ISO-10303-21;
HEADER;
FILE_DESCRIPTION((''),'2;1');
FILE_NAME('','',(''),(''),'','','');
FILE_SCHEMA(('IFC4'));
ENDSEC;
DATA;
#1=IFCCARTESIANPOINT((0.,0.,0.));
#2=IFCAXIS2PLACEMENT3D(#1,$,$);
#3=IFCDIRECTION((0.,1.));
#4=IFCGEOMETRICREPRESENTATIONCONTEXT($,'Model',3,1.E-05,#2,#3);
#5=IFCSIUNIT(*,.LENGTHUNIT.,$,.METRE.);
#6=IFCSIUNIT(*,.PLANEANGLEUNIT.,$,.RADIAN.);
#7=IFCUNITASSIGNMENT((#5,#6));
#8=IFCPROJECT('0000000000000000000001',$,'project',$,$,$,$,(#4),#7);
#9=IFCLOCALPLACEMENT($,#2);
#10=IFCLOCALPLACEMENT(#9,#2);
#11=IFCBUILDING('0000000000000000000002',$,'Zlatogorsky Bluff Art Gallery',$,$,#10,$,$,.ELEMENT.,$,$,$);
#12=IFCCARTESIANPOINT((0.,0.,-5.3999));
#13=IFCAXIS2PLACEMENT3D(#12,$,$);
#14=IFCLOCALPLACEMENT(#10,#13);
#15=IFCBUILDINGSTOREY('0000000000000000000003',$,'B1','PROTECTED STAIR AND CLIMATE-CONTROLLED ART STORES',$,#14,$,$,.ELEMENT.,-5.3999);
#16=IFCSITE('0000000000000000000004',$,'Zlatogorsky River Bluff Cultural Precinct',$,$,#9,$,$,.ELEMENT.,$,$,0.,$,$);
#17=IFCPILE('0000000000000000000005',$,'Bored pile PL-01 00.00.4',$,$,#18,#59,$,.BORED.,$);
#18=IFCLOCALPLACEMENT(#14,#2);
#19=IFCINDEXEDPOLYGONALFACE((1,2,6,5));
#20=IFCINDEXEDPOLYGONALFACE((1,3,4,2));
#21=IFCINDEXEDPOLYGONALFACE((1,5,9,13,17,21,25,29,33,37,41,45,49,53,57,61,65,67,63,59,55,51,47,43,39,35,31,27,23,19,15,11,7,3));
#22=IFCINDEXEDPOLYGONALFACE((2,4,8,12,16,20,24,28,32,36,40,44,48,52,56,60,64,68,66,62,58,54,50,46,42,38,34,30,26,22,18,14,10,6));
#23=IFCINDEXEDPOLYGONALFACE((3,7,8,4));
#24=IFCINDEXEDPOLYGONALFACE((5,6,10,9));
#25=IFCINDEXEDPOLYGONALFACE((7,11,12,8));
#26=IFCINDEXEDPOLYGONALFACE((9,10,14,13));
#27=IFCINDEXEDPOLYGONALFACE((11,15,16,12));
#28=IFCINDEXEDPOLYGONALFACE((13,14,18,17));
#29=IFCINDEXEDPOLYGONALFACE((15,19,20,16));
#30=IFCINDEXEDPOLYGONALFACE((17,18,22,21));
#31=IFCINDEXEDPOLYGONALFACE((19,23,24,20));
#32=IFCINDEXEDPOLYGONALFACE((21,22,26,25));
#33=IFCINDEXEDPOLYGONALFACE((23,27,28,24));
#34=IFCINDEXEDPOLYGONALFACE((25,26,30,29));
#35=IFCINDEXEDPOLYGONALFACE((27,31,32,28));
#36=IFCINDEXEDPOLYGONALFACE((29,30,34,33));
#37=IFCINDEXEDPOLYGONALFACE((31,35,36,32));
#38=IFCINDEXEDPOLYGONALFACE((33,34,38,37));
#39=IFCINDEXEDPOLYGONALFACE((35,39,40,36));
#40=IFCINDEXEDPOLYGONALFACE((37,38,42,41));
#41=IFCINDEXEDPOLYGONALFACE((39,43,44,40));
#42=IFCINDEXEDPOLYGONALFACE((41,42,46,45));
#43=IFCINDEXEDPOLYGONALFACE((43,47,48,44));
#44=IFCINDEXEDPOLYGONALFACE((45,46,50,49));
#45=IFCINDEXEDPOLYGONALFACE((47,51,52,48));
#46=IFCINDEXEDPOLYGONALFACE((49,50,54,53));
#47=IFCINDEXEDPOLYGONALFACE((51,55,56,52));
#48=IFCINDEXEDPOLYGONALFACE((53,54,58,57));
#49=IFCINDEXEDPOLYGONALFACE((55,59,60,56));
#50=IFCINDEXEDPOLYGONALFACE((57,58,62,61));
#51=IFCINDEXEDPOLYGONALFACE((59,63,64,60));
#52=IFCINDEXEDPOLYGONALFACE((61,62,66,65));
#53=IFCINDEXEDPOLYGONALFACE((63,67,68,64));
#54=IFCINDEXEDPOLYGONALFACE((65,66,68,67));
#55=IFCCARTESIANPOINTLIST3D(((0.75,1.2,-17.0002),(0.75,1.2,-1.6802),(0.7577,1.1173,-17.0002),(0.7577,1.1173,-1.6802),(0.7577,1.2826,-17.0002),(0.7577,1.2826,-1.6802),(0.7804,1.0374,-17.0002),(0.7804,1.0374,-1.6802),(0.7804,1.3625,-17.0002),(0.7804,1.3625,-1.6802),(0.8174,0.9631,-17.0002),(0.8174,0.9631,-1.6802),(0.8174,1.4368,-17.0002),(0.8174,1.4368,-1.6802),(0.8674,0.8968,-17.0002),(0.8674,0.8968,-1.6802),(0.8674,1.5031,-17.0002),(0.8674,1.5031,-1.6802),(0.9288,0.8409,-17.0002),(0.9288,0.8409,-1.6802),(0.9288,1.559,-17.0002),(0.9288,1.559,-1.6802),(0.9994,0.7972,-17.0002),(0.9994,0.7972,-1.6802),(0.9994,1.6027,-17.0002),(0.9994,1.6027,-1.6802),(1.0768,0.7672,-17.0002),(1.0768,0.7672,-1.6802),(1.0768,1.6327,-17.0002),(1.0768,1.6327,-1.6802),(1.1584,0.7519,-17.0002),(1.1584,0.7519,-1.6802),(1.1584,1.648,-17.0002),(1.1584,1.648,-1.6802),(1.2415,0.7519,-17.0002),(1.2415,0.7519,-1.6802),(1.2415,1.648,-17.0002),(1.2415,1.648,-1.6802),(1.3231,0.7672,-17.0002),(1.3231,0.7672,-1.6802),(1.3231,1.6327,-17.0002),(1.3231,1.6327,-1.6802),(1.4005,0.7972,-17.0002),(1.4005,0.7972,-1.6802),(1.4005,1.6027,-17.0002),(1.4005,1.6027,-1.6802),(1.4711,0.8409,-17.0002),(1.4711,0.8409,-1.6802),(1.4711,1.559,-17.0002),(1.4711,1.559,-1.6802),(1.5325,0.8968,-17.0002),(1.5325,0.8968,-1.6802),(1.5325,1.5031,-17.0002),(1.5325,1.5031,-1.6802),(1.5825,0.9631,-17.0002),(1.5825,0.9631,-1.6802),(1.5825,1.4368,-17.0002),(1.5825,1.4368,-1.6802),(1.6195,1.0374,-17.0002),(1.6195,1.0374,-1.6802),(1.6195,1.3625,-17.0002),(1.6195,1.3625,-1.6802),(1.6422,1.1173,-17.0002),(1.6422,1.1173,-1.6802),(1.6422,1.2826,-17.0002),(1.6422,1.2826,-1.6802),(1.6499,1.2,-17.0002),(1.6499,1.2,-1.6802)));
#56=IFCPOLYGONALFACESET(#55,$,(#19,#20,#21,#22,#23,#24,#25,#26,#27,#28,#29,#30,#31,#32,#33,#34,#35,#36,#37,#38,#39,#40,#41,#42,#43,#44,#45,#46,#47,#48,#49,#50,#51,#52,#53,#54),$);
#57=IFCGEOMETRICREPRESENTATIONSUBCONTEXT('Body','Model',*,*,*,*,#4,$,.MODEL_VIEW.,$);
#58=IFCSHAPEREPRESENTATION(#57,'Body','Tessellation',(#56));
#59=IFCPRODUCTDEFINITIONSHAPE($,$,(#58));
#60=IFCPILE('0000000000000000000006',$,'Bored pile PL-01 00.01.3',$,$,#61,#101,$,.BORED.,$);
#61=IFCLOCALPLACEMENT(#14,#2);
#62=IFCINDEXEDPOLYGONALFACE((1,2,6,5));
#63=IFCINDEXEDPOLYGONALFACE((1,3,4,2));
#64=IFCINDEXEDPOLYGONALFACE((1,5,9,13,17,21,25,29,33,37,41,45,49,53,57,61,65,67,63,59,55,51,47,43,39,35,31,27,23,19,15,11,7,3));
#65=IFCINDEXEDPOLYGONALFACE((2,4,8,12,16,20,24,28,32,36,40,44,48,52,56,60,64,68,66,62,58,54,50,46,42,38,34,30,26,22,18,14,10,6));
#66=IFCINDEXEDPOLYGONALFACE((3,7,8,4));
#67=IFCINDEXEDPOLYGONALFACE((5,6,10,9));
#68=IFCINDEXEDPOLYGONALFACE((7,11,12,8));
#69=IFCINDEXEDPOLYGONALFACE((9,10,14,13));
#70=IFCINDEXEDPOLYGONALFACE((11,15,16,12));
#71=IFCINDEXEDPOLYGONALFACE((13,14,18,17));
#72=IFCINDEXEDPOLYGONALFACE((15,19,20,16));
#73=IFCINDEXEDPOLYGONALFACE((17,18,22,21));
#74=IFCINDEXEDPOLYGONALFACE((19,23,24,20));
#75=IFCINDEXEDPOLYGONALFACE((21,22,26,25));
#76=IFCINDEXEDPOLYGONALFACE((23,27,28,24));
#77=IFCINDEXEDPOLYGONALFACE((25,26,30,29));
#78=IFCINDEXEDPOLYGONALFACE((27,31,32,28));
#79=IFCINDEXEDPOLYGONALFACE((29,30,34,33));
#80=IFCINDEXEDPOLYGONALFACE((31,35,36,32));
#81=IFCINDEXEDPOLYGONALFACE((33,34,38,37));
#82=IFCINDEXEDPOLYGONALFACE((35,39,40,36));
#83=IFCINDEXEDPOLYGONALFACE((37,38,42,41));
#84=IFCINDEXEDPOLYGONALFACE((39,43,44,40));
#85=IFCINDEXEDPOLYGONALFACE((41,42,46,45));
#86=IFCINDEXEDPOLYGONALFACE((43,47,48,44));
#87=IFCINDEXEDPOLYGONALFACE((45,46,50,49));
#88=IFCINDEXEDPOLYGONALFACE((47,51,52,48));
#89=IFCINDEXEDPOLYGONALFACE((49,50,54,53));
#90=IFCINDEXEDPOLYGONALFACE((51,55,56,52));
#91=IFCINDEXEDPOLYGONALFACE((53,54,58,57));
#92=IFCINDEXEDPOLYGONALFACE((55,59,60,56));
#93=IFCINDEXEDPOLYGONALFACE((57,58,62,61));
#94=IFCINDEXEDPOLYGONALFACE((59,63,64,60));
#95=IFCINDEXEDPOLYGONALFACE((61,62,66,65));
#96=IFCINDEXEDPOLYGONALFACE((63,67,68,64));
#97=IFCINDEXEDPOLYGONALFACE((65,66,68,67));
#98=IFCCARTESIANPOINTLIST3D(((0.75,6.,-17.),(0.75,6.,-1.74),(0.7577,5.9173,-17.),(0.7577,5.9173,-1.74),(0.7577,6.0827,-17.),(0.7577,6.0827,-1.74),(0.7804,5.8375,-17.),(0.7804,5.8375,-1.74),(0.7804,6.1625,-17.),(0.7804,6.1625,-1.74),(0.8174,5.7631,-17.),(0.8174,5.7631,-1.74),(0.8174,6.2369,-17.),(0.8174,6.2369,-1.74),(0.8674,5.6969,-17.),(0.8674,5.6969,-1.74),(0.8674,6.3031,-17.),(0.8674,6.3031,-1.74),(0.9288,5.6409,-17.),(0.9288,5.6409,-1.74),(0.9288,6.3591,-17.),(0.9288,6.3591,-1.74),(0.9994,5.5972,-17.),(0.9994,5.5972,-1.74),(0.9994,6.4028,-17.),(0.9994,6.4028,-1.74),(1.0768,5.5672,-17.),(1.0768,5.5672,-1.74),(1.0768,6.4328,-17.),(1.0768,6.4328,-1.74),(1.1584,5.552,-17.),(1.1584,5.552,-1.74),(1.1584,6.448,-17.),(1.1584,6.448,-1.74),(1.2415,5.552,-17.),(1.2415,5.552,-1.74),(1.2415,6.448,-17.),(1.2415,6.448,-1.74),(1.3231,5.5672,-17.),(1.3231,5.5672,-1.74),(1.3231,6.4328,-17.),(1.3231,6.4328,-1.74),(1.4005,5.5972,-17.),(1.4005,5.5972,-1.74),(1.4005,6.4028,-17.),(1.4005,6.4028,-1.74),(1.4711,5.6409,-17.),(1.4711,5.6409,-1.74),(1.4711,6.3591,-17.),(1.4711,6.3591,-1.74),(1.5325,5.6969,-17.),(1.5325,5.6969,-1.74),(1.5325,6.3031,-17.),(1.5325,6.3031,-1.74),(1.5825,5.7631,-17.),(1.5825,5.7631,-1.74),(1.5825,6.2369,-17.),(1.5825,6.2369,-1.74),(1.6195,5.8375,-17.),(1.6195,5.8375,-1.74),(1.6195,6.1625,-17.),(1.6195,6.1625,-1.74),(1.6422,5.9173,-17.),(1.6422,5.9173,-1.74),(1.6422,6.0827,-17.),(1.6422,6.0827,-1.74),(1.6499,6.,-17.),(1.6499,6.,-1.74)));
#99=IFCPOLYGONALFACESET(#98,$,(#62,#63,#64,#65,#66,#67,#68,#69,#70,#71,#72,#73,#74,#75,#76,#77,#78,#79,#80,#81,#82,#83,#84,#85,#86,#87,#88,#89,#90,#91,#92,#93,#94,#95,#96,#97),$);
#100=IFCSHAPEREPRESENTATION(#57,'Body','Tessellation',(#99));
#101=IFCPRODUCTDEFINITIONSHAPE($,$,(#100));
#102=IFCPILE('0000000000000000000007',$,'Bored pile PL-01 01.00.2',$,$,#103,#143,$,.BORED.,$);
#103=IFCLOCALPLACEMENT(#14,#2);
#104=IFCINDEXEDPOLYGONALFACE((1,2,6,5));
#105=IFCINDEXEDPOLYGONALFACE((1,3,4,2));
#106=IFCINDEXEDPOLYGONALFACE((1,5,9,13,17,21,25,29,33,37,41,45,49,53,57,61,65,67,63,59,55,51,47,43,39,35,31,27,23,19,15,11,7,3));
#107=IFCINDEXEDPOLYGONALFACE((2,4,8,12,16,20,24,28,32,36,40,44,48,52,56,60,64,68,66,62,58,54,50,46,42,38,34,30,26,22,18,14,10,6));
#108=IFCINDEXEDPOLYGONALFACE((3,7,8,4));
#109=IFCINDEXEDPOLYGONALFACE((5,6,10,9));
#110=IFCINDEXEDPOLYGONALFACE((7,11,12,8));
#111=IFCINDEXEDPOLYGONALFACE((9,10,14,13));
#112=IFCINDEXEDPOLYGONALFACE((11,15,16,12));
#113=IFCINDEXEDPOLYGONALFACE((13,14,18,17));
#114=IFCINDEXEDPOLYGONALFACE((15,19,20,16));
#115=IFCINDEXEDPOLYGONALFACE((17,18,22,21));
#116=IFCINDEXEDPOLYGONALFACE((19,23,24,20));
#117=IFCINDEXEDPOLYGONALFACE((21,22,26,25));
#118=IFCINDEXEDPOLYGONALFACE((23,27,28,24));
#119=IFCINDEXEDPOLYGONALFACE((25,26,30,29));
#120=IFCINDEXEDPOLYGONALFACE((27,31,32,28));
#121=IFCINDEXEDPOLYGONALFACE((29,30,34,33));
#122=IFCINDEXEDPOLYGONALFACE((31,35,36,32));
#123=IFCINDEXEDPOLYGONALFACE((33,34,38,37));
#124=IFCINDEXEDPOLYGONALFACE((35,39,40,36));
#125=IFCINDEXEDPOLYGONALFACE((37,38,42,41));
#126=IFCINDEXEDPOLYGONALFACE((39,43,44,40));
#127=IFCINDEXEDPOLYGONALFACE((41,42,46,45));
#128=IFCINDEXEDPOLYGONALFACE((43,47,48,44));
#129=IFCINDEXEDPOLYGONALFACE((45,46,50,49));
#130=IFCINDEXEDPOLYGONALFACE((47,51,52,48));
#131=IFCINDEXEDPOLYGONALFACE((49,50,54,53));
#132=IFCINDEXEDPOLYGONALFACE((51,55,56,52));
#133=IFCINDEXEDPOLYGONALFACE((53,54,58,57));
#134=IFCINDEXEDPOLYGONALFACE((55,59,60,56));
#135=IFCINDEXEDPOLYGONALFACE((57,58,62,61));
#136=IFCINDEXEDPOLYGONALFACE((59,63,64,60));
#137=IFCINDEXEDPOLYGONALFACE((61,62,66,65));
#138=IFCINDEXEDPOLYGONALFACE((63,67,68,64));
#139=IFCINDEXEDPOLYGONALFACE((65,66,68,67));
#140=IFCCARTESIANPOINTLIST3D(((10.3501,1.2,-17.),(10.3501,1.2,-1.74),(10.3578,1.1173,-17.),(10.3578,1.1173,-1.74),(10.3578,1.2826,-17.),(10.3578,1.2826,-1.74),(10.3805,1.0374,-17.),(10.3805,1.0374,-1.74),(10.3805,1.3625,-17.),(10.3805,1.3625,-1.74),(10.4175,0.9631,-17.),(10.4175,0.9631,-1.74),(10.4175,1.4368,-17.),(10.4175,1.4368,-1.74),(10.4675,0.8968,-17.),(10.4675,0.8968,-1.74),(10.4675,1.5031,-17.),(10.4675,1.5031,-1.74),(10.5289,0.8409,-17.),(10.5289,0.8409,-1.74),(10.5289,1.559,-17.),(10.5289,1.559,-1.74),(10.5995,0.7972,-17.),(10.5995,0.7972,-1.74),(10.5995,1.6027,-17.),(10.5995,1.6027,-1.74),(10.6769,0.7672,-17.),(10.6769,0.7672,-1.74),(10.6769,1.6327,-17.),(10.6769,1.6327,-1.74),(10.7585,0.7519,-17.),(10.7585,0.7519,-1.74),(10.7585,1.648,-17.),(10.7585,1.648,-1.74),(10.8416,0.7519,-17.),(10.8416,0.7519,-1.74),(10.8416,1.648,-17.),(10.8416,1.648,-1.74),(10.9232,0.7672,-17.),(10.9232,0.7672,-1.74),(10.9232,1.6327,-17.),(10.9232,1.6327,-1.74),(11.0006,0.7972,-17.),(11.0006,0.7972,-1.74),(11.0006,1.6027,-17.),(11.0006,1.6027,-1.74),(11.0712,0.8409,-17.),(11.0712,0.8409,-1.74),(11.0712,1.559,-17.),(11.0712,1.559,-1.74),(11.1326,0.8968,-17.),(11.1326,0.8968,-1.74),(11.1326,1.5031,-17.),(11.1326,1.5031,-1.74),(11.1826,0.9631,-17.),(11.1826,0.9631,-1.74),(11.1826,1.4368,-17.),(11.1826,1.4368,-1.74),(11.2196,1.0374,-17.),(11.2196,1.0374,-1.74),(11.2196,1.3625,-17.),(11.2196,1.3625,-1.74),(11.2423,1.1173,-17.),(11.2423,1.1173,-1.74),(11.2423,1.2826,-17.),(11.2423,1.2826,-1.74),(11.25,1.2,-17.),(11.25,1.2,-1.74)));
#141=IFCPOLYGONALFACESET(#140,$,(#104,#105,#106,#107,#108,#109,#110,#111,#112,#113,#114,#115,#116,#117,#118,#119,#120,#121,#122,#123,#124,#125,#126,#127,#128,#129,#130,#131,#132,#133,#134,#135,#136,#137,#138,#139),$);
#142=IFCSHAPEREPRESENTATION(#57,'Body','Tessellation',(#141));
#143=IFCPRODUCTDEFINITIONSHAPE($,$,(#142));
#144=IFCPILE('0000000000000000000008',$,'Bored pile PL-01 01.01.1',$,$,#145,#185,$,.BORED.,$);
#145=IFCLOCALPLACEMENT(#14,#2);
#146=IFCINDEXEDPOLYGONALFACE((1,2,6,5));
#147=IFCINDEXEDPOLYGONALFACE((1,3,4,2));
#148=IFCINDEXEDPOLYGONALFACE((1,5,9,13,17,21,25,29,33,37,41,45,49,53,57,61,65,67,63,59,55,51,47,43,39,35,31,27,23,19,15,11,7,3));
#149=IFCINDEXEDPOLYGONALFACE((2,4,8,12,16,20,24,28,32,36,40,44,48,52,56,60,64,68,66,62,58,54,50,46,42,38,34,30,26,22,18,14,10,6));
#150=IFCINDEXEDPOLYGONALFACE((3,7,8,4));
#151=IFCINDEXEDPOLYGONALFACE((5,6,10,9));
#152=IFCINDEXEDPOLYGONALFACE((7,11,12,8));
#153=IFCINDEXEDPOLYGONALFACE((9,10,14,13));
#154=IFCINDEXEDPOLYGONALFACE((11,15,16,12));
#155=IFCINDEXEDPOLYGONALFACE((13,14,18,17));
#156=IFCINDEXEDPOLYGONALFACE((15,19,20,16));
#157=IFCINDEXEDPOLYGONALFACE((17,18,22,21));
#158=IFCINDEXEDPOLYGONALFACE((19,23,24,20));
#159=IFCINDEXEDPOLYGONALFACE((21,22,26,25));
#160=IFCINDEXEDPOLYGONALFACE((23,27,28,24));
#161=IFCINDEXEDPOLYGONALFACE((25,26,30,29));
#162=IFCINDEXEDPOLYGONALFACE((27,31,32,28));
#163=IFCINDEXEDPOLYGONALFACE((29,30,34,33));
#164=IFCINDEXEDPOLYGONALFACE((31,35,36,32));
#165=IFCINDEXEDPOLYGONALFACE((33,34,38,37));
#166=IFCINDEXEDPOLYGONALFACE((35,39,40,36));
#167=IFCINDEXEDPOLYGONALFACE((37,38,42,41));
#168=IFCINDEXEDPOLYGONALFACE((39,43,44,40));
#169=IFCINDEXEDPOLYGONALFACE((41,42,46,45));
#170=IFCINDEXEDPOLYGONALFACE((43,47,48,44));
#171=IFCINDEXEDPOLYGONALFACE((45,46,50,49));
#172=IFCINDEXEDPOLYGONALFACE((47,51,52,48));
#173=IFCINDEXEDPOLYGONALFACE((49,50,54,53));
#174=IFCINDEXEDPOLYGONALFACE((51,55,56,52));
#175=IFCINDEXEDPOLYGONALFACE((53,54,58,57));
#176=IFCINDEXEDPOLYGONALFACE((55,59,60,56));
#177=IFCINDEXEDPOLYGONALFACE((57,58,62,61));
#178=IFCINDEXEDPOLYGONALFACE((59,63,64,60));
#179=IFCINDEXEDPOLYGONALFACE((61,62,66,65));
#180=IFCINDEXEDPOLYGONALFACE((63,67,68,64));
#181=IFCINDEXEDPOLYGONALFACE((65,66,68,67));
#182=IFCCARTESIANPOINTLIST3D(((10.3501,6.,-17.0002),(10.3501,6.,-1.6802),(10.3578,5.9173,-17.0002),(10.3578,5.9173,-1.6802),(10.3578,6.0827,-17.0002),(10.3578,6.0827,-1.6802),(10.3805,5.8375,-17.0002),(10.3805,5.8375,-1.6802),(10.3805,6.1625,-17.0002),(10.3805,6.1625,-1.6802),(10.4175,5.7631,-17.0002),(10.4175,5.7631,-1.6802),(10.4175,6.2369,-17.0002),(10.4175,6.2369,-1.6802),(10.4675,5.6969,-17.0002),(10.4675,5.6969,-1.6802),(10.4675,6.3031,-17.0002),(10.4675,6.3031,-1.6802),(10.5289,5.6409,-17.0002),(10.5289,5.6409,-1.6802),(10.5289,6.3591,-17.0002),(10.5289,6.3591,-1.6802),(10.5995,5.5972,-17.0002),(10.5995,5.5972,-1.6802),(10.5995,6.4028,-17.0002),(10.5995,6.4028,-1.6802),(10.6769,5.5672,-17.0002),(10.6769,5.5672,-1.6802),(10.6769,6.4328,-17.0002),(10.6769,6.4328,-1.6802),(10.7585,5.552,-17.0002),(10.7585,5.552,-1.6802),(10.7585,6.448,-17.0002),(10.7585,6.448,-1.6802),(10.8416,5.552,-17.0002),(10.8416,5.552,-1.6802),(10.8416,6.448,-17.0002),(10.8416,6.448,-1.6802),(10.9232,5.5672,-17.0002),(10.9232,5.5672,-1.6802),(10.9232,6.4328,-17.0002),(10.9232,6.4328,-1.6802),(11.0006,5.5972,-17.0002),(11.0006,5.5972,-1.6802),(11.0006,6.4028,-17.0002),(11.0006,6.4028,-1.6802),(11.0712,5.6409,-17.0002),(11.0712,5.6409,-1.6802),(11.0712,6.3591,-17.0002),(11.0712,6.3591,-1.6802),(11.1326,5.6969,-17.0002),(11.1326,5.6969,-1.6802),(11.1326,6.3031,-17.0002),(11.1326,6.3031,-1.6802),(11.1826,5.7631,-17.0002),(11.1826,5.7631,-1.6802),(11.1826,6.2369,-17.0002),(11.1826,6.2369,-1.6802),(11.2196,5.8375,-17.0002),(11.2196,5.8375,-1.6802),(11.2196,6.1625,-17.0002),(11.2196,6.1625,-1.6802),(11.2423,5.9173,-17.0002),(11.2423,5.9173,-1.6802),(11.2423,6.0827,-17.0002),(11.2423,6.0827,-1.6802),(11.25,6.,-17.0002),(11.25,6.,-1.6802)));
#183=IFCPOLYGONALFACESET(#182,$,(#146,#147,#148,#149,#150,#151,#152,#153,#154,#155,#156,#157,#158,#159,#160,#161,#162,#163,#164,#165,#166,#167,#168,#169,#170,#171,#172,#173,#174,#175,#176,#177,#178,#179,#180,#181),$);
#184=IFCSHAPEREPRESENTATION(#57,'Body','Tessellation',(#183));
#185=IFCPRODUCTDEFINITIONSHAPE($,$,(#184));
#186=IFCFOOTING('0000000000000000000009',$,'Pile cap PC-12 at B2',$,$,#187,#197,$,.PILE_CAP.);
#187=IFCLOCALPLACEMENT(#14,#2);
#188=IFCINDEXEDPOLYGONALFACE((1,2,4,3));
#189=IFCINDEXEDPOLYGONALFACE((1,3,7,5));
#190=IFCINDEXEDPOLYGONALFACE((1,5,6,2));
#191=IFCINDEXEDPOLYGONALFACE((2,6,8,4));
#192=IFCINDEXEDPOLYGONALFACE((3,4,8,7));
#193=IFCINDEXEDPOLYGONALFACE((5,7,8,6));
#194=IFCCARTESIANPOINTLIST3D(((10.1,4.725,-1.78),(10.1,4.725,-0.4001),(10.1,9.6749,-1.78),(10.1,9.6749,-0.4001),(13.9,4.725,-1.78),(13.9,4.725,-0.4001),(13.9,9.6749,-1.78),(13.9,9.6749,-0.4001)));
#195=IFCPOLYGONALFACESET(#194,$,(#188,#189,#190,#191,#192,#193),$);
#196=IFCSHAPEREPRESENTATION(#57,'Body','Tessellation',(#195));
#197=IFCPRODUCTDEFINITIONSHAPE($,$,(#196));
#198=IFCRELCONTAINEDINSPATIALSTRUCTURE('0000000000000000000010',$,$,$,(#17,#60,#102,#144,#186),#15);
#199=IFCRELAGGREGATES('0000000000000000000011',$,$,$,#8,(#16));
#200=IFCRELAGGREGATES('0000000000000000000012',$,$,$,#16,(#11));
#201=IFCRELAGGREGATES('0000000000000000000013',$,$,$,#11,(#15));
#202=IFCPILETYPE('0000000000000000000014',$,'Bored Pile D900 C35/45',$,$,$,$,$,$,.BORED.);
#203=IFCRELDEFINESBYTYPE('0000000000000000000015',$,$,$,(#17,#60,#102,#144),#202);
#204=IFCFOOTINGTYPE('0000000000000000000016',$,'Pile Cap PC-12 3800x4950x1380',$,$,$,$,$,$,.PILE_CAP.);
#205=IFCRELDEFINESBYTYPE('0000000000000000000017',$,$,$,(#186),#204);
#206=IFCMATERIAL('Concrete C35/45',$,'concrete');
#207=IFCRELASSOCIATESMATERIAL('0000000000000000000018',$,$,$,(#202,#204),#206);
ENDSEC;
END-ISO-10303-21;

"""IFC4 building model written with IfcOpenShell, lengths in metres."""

from ifc_helpers import new_model, si_unit, direction, frame, origin, origin_2d, place, context, subcontext, project, spatial, rectangle, circle, extrude, material, material_profile, profile_set, type_object, element, save


model = new_model("IFC4")

# Units and contexts
model_context = context("Model", 3, precision=1e-05, world=origin(), true_north=direction((0.0, 1.0)))
body_context = subcontext(model_context, "Body", "Model", "MODEL_VIEW")
ifc_project = project(units=[si_unit("LENGTHUNIT", "METRE"), si_unit("PLANEANGLEUNIT", "RADIAN")], contexts=[model_context])

# Site, building, storey
site_placement = place(None, origin())
site = spatial("IfcSite", under=ifc_project, at=site_placement, Name="Zlatogorsky River Bluff Cultural Precinct", CompositionType="ELEMENT", RefElevation=0.0)
building_placement = place(site_placement, origin())
building = spatial("IfcBuilding", under=site, at=building_placement, Name="Zlatogorsky Bluff Art Gallery", CompositionType="ELEMENT")
storey_placement = place(building_placement, frame((0.0, 0.0, -5.3999)))
storey = spatial("IfcBuildingStorey", under=building, at=storey_placement, Name="B1", Description="PROTECTED STAIR AND CLIMATE-CONTROLLED ART STORES", CompositionType="ELEMENT", Elevation=-5.3999)

# Piles
ifc_material_1 = material(Name="Concrete C35/45", Category="concrete")
ifc_material_profile_1 = material_profile(ifc_material_1, circle(Radius=0.45, at=origin_2d()), Name="BORED PILE D900")
ifc_profile_set_1 = profile_set([ifc_material_profile_1], Name="Concrete C35/45")
pile_type = type_object("IfcPileType", Name="Bored Pile D900 C35/45", PredefinedType="BORED", material=ifc_profile_set_1)
pile_1_placement = place(storey_placement, frame((1.2, 1.2, -1.6802), z_axis=(0.0, 0.0, -1.0), x_axis=(1.0, 0.0, 0.0)))
element("IfcPile", 1, at=pile_1_placement, inside=storey, type_object=pile_type, Name="Bored pile PL-01 00.00.4", PredefinedType="BORED", context=body_context, shape_type="SweptSolid", body=[
    extrude(circle(Radius=0.45, at=origin_2d()), origin(), (0.0, 0.0, 1.0), 15.3201),
])
for number, where, z_axis, x_axis, name in (
    (2, (1.2, 6.0, -1.74), (0.0, 0.0, -1.0), (1.0, 0.0, 0.0), "Bored pile PL-01 00.01.3"),
    (3, (10.8, 1.2, -1.74), (0.0, 0.0, -1.0), (1.0, 0.0, 0.0), "Bored pile PL-01 01.00.2"),
):
    element("IfcPile", number, at=place(storey_placement, frame(where, z_axis=z_axis, x_axis=x_axis)), inside=storey, type_object=pile_type, Name=name, PredefinedType="BORED", context=body_context, shape_type="SweptSolid", body=[
        extrude(circle(Radius=0.45, at=origin_2d()), origin(), (0.0, 0.0, 1.0), 15.26),
    ])
pile_2_placement = place(storey_placement, frame((10.8, 6.0, -1.6802), z_axis=(0.0, 0.0, -1.0), x_axis=(1.0, 0.0, 0.0)))
element("IfcPile", 4, at=pile_2_placement, inside=storey, type_object=pile_type, Name="Bored pile PL-01 01.01.1", PredefinedType="BORED", context=body_context, shape_type="SweptSolid", body=[
    extrude(circle(Radius=0.45, at=origin_2d()), origin(), (0.0, 0.0, 1.0), 15.3201),
])

# Footing
footing_type_1 = type_object("IfcFootingType", Name="Pile Cap PC-12 3800x4950x1380", PredefinedType="PILE_CAP", material=ifc_material_1)
footing_placement = place(storey_placement, frame((12.0, 7.2, -1.78), z_axis=(0.0, 0.0, 1.0), x_axis=(1.0, 0.0, 0.0)))
element("IfcFooting", 5, at=footing_placement, inside=storey, type_object=footing_type_1, Name="Pile cap PC-12 at B2", PredefinedType="PILE_CAP", context=body_context, shape_type="SweptSolid", body=[
    extrude(rectangle(XDim=3.8, YDim=4.95, at=origin_2d()), origin(), (0.0, 0.0, 1.0), 1.3799),
])

save(model, "model.ifc")
